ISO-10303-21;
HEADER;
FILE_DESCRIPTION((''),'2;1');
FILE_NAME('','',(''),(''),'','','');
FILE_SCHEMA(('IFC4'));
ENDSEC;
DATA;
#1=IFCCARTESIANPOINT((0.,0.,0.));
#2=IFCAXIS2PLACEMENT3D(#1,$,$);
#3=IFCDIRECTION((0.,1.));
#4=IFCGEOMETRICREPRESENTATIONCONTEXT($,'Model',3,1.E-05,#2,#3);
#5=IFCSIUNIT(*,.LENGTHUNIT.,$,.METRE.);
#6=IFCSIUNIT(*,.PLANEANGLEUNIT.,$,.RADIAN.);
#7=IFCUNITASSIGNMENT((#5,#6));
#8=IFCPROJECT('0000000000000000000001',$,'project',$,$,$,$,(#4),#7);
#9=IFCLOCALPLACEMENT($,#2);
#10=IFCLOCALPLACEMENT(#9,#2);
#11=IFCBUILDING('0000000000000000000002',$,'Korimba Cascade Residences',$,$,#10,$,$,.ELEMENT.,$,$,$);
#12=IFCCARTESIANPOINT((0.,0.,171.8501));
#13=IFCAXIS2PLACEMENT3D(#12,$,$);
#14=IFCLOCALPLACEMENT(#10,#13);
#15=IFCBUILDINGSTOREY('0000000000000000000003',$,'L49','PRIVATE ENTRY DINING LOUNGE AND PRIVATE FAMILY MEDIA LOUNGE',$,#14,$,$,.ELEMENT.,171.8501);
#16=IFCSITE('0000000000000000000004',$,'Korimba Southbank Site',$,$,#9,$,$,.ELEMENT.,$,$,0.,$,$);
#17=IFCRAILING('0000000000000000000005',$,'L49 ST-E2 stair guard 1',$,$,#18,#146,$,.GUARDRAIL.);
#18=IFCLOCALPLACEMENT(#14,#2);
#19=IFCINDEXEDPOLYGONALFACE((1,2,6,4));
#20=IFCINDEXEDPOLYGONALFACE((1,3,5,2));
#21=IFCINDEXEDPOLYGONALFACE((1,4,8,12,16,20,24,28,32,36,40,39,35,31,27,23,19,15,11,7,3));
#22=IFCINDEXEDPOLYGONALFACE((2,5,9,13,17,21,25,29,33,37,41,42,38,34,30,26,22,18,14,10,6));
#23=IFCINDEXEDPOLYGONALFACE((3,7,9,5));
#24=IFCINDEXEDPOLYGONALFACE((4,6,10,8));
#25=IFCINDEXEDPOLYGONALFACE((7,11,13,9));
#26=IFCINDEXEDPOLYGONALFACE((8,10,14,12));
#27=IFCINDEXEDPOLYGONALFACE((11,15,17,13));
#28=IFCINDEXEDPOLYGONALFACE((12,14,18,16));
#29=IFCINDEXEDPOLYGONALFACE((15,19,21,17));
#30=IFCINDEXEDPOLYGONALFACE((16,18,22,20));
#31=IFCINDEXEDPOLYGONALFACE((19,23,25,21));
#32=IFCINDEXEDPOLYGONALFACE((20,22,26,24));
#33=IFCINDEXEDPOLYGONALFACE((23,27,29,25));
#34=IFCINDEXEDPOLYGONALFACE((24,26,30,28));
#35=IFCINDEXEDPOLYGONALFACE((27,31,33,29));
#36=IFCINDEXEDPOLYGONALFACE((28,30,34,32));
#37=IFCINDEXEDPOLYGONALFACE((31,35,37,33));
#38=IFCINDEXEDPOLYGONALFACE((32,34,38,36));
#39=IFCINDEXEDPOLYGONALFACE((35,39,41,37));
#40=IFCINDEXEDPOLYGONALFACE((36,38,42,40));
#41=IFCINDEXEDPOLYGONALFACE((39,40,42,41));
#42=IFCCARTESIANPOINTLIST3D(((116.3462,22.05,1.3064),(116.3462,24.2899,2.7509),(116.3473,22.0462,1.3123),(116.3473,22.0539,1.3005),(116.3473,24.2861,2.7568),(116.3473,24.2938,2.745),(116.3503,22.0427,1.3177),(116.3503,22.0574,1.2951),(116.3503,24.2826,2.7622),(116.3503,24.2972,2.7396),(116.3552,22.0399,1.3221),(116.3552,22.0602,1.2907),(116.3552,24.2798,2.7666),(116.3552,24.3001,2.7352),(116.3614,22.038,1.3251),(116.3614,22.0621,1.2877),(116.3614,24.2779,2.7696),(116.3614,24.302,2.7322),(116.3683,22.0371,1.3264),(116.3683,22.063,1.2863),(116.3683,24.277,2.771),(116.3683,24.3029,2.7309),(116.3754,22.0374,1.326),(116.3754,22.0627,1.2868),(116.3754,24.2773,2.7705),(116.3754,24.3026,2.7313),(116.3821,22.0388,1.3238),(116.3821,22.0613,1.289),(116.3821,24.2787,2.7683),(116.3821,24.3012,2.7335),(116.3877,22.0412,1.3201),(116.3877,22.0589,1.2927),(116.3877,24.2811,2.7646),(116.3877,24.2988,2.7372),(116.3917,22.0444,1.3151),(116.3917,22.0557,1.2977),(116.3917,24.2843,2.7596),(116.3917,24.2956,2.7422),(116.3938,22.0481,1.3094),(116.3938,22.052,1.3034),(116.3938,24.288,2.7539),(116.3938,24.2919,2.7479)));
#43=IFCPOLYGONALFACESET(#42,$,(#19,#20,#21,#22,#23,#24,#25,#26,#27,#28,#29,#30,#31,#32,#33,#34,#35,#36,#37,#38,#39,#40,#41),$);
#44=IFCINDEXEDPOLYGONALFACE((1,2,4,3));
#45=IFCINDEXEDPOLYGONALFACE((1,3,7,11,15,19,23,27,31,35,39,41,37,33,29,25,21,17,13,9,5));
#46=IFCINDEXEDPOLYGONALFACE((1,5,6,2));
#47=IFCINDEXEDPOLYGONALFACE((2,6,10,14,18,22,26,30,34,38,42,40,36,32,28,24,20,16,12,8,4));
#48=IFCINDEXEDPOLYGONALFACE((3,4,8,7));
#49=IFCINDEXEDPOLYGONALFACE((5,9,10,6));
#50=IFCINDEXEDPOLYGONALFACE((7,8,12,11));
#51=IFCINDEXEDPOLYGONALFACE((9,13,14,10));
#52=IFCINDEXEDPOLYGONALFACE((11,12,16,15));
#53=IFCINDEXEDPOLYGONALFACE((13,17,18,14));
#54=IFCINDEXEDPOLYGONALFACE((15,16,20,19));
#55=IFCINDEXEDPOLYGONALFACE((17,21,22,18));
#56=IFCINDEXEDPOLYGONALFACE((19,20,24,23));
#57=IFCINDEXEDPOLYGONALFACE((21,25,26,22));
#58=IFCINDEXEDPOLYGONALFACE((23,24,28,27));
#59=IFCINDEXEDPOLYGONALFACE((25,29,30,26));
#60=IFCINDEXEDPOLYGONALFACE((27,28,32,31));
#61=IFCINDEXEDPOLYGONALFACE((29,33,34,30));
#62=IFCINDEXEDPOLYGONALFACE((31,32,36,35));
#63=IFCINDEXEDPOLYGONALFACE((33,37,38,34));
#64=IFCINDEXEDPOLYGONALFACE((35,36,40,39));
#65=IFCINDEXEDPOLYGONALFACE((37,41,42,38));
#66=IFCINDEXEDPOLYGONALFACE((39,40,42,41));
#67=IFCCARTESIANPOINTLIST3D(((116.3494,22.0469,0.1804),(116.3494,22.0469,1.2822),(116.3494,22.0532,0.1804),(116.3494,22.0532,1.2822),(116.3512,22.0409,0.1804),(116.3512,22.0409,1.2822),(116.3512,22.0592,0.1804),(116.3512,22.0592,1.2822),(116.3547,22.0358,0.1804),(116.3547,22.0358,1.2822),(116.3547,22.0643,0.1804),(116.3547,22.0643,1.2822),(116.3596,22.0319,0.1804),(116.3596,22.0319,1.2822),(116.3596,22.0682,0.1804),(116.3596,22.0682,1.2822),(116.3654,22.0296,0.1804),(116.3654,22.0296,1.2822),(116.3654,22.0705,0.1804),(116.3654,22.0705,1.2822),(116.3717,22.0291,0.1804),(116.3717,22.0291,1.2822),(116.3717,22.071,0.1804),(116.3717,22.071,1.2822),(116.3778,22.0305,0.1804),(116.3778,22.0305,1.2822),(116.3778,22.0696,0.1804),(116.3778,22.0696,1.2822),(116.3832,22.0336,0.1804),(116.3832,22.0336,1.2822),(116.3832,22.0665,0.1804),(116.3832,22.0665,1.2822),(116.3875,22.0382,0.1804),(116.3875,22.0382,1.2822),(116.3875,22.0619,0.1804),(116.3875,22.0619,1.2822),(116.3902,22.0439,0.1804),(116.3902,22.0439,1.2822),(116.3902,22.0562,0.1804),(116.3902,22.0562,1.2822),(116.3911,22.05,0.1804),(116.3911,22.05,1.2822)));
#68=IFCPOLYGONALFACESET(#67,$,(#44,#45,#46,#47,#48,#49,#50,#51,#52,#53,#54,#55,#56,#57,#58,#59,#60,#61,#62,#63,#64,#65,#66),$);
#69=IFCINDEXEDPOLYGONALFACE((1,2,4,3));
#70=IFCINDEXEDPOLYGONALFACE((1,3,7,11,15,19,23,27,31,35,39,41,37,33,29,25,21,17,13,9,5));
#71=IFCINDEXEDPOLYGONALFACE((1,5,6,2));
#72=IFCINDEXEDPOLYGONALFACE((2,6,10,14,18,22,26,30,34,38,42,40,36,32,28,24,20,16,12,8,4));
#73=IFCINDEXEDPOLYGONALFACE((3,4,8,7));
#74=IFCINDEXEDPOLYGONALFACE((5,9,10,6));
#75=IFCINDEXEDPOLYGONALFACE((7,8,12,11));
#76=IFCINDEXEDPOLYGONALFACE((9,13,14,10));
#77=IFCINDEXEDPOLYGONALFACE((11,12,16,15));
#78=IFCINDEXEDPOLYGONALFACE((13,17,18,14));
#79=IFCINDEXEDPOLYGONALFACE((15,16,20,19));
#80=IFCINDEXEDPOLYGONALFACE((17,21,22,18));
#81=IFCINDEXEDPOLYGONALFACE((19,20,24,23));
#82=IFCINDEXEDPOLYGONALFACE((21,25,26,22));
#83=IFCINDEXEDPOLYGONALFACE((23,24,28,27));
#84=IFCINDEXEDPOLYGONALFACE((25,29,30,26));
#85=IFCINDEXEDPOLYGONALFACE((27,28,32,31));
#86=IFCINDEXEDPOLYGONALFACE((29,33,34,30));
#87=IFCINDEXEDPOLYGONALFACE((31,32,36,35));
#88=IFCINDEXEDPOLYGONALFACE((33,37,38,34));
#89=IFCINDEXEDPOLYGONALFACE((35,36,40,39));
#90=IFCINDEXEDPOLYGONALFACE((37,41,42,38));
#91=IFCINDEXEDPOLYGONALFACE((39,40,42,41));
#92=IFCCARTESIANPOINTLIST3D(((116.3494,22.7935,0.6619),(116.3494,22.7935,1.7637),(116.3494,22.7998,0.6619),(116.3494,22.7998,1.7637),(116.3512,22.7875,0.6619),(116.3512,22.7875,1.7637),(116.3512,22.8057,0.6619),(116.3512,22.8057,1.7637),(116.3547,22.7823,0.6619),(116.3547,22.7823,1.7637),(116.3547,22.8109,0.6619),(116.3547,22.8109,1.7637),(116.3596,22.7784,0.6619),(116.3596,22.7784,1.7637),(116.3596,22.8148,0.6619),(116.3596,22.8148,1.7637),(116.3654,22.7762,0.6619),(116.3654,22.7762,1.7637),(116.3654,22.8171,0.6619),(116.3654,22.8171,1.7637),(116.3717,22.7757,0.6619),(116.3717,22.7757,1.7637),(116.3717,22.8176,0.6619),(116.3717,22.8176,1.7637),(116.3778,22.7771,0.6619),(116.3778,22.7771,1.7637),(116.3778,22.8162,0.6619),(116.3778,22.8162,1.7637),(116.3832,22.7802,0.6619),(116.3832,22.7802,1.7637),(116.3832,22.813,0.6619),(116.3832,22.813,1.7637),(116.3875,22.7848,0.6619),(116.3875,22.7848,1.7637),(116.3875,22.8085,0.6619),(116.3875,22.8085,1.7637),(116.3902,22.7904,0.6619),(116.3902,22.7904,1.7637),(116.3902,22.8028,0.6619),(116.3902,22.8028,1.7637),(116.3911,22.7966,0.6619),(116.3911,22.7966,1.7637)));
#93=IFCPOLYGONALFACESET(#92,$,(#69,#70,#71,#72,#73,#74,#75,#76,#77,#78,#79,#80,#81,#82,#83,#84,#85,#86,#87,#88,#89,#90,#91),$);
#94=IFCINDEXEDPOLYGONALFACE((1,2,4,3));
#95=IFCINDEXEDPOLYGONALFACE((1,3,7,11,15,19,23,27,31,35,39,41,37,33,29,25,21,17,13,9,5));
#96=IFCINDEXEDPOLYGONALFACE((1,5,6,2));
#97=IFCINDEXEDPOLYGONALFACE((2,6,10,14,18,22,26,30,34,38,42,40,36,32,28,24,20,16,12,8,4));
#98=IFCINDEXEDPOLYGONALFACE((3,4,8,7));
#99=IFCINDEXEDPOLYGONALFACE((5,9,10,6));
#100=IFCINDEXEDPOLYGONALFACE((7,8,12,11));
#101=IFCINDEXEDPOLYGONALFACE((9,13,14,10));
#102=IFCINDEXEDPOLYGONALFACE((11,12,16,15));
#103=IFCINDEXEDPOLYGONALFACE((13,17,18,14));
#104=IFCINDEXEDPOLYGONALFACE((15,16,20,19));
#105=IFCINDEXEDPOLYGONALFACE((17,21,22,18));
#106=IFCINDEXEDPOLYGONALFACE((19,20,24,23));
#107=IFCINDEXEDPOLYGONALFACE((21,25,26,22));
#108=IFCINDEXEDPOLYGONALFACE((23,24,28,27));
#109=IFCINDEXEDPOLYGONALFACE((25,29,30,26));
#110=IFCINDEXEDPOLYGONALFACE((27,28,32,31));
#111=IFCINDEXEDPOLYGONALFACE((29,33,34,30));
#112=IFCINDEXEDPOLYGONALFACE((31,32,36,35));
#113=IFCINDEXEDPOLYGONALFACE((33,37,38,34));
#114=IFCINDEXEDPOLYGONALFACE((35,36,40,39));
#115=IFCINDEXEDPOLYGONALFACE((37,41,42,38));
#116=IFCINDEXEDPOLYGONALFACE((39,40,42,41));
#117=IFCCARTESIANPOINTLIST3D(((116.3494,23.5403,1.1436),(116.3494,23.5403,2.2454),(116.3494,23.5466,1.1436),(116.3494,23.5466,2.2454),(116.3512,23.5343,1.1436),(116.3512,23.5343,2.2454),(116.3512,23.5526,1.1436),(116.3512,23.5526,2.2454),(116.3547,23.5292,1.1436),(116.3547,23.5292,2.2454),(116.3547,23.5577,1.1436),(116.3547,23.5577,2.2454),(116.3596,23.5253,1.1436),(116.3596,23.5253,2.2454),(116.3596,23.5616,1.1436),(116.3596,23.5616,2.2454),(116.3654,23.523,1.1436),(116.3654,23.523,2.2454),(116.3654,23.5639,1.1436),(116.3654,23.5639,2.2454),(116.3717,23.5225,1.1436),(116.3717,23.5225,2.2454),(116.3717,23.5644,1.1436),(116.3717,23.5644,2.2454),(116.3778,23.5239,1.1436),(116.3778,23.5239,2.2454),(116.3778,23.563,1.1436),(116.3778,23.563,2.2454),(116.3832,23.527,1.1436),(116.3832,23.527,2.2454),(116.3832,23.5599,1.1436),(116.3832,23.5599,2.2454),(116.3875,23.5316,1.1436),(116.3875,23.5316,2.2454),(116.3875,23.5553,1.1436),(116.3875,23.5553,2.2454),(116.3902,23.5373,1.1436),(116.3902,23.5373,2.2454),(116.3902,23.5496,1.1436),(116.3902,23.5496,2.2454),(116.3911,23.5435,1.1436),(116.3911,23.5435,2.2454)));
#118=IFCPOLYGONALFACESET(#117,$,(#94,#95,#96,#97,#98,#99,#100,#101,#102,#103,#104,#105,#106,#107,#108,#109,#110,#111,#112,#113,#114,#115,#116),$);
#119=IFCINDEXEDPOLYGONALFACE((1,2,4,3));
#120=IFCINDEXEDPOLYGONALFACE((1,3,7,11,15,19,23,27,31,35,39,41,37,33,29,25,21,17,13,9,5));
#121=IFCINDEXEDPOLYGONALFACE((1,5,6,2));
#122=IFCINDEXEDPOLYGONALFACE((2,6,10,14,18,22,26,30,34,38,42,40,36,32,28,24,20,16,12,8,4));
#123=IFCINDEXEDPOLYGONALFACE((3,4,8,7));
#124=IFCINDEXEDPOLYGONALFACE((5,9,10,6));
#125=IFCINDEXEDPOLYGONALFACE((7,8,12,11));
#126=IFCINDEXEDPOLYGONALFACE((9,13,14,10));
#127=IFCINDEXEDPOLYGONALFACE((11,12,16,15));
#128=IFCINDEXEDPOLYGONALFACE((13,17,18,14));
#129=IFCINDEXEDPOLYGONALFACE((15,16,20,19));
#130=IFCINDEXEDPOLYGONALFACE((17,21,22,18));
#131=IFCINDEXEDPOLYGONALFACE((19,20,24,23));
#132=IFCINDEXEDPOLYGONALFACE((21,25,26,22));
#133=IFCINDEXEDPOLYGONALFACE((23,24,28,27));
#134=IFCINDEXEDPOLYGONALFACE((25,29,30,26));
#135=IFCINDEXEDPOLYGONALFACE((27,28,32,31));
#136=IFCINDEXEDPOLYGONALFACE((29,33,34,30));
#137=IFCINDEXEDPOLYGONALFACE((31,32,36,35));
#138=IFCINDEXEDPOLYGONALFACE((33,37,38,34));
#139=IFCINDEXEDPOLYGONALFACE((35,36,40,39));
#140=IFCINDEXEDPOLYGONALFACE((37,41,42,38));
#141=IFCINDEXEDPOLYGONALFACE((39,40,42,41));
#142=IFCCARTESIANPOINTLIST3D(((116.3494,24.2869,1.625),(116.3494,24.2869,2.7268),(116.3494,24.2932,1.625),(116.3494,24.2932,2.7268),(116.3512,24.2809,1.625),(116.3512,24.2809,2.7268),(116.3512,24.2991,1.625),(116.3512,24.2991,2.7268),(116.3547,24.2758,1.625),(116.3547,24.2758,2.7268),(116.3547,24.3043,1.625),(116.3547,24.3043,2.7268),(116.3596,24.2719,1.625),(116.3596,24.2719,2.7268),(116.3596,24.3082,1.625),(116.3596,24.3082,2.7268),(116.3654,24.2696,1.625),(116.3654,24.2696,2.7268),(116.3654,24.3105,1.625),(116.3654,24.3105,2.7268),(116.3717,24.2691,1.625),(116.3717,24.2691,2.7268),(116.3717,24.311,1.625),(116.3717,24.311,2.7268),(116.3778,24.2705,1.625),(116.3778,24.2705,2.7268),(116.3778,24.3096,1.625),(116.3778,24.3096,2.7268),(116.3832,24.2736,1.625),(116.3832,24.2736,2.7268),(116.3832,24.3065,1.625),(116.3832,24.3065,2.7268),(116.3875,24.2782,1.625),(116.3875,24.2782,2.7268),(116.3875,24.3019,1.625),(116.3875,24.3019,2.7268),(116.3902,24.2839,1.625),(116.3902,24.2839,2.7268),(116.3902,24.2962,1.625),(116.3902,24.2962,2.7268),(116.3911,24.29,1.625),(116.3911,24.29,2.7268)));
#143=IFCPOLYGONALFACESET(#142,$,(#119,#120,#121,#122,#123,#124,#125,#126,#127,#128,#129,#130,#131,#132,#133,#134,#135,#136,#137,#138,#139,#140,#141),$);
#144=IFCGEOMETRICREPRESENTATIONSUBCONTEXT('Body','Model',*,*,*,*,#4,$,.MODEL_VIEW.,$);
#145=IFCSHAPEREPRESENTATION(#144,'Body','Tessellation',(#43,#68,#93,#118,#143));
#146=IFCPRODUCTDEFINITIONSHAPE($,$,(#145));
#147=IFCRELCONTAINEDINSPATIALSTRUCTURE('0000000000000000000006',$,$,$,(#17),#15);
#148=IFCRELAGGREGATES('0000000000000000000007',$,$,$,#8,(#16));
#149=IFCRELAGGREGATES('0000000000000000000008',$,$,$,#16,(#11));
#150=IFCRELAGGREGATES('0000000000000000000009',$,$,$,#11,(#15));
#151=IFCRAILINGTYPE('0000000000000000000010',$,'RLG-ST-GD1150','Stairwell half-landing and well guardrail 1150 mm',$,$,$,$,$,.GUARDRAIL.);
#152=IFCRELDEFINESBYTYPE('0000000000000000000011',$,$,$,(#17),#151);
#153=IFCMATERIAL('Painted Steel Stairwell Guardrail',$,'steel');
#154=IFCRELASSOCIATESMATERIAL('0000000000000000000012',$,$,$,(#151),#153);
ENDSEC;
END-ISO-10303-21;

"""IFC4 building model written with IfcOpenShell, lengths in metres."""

from ifc_helpers import new_model, si_unit, direction, frame, origin, origin_2d, place, context, subcontext, project, spatial, circle, extrude, material, type_object, element, save


model = new_model("IFC4")

# Units and contexts
model_context = context("Model", 3, precision=1e-05, world=origin(), true_north=direction((0.0, 1.0)))
body_context = subcontext(model_context, "Body", "Model", "MODEL_VIEW")
ifc_project = project(units=[si_unit("LENGTHUNIT", "METRE"), si_unit("PLANEANGLEUNIT", "RADIAN")], contexts=[model_context])

# Site, building, storey
site_placement = place(None, origin())
site = spatial("IfcSite", under=ifc_project, at=site_placement, Name="Korimba Southbank Site", CompositionType="ELEMENT", RefElevation=0.0)
building_placement = place(site_placement, origin())
building = spatial("IfcBuilding", under=site, at=building_placement, Name="Korimba Cascade Residences", CompositionType="ELEMENT")
storey_placement = place(building_placement, frame((0.0, 0.0, 171.8501)))
storey = spatial("IfcBuildingStorey", under=building, at=storey_placement, Name="L49", Description="PRIVATE ENTRY DINING LOUNGE AND PRIVATE FAMILY MEDIA LOUNGE", CompositionType="ELEMENT", Elevation=171.8501)

# Railing
ifc_material_1 = material(Name="Painted Steel Stairwell Guardrail", Category="steel")
railing_type_1 = type_object("IfcRailingType", Name="RLG-ST-GD1150", Description="Stairwell half-landing and well guardrail 1150 mm", PredefinedType="GUARDRAIL", material=ifc_material_1)
railing_1_placement = place(storey_placement, frame((116.3701, 22.05, 0.1804)))
element("IfcRailing", 1, at=railing_1_placement, inside=storey, type_object=railing_type_1, Name="L49 ST-E2 stair guard 1", PredefinedType="GUARDRAIL", context=body_context, shape_type="SweptSolid", body=[
    extrude(circle(Radius=0.0239, at=origin_2d()), frame((0.0, 0.0, 1.126), z_axis=(0.0, 0.840395, 0.541975), x_axis=(-1.0, 0.0, 0.0)), (0.0, 0.0, 1.0), 2.6653),
    extrude(circle(Radius=0.021, at=origin_2d()), origin(), (0.0, 0.0, 1.0), 1.1018),
    extrude(circle(Radius=0.021, at=origin_2d()), frame((0.0, 0.7466, 0.4814)), (0.0, 0.0, 1.0), 1.1018),
    extrude(circle(Radius=0.021, at=origin_2d()), frame((0.0, 1.4934, 0.9631)), (0.0, 0.0, 1.0), 1.1018),
    extrude(circle(Radius=0.021, at=origin_2d()), frame((0.0, 2.24, 1.4446)), (0.0, 0.0, 1.0), 1.1018),
])

save(model, "model.ifc")
